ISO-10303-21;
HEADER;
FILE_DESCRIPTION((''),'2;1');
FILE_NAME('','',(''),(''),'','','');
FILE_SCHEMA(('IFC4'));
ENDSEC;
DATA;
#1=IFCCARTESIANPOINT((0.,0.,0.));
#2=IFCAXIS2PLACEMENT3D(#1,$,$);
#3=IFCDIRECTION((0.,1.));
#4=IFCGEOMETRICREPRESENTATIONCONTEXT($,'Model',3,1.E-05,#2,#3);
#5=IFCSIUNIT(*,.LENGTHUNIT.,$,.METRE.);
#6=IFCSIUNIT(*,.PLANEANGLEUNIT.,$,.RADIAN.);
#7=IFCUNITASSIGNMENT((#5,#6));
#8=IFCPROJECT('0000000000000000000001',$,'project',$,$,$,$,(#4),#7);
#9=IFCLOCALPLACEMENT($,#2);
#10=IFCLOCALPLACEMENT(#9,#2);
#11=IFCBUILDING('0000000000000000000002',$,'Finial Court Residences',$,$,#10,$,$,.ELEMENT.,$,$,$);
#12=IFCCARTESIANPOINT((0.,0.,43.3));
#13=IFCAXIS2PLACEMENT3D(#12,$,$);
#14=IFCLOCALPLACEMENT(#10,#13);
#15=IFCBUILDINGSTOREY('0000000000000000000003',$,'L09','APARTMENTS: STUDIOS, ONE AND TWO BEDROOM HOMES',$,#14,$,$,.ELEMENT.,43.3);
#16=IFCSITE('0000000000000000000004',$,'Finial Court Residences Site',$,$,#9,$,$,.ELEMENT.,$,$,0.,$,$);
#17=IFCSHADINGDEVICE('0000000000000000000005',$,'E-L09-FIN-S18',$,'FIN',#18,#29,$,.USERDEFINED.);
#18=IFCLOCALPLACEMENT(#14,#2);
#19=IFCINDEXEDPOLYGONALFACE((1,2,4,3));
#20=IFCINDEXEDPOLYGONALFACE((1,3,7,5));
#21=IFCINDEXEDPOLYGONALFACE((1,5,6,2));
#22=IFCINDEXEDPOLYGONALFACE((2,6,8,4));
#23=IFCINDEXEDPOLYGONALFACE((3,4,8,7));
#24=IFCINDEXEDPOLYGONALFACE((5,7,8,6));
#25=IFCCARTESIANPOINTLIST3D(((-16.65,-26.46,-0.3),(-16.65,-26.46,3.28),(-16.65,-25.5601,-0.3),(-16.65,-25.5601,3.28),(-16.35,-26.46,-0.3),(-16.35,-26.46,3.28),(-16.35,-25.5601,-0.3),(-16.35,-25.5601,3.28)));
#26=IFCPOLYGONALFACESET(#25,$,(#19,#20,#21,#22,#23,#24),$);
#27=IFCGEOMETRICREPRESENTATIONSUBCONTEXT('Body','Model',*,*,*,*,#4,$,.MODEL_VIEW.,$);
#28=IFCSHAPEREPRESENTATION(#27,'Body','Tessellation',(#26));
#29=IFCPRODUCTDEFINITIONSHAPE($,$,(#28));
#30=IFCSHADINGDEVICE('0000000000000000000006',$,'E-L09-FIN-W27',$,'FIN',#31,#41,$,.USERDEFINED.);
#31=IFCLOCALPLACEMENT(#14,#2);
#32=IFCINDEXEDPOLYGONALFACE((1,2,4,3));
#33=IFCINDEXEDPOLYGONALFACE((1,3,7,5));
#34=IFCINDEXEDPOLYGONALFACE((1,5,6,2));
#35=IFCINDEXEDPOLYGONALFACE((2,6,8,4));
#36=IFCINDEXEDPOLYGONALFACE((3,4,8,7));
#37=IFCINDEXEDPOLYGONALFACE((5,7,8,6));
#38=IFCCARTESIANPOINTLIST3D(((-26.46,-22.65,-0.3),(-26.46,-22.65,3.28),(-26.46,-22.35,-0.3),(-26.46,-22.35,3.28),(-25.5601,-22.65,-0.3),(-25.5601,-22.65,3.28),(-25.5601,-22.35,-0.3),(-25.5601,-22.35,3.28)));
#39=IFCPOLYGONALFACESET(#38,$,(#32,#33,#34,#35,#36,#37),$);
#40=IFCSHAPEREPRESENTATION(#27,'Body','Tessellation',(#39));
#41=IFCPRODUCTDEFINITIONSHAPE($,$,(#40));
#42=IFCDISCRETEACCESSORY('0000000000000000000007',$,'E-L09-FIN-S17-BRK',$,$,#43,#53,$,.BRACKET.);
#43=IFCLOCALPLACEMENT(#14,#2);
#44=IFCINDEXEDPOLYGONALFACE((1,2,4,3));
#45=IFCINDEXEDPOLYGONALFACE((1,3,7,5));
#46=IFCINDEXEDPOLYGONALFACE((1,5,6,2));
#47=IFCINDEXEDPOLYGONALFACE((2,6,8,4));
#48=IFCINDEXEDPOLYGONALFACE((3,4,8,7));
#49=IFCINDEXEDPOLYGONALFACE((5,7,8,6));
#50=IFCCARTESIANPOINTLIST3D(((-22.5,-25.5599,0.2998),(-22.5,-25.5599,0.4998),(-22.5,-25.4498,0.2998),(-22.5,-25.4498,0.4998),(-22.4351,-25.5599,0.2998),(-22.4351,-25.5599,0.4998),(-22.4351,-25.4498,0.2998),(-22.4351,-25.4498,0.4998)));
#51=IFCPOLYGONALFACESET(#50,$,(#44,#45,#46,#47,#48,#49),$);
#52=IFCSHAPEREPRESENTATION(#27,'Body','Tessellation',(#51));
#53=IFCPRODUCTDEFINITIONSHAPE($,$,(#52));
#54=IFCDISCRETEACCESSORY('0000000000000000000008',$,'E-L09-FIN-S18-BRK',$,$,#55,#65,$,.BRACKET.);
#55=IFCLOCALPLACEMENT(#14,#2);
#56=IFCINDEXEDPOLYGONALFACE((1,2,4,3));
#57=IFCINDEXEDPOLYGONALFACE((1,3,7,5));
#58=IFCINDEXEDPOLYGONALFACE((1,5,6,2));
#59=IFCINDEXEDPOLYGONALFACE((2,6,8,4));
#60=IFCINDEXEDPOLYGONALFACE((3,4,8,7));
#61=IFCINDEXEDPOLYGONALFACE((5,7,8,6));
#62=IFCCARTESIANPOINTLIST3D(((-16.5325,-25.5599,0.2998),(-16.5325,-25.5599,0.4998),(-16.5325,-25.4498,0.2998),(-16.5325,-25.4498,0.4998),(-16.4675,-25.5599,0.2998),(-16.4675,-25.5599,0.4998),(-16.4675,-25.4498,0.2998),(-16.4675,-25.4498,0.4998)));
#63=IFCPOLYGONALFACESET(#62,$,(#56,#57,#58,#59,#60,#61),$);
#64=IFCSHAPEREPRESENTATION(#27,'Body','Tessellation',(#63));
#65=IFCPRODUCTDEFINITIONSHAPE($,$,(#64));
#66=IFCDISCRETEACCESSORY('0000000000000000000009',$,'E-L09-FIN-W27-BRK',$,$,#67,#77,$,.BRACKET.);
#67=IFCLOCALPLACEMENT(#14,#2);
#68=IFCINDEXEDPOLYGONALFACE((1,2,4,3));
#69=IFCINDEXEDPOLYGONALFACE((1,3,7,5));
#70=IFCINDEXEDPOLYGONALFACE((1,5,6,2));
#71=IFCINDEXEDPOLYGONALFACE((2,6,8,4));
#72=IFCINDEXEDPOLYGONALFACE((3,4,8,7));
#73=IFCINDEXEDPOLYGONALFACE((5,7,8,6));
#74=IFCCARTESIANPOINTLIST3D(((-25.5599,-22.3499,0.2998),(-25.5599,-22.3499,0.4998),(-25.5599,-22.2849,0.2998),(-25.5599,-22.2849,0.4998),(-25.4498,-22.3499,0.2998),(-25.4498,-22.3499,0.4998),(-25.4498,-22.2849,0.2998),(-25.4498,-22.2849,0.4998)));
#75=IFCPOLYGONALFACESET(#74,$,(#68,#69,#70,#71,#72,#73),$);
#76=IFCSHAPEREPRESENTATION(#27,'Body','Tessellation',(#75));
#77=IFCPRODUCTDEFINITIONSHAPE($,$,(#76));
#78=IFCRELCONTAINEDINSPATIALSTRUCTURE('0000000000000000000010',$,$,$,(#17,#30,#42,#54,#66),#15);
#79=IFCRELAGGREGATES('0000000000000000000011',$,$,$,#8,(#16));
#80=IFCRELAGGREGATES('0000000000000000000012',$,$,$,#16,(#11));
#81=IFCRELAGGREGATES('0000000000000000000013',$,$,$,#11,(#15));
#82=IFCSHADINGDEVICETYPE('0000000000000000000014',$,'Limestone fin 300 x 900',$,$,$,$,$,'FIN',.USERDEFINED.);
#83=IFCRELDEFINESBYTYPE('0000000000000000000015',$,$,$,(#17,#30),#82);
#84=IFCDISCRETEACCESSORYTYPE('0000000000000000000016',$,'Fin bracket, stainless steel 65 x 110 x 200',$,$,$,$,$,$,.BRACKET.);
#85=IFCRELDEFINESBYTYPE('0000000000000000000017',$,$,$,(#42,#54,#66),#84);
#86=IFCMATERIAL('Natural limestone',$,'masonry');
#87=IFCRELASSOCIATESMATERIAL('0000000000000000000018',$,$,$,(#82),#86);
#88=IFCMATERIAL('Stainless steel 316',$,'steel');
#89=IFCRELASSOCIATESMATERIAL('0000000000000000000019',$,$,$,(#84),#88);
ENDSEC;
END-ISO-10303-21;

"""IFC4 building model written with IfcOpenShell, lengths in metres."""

from ifc_helpers import new_model, si_unit, direction, frame, origin, origin_2d, place, context, subcontext, project, spatial, rectangle, extrude, material, type_object, element, save


model = new_model("IFC4")

# Units and contexts
model_context = context("Model", 3, precision=1e-05, world=origin(), true_north=direction((0.0, 1.0)))
body_context = subcontext(model_context, "Body", "Model", "MODEL_VIEW")
ifc_project = project(units=[si_unit("LENGTHUNIT", "METRE"), si_unit("PLANEANGLEUNIT", "RADIAN")], contexts=[model_context])

# Site, building, storey
site_placement = place(None, origin())
site = spatial("IfcSite", under=ifc_project, at=site_placement, Name="Finial Court Residences Site", CompositionType="ELEMENT", RefElevation=0.0)
building_placement = place(site_placement, origin())
building = spatial("IfcBuilding", under=site, at=building_placement, Name="Finial Court Residences", CompositionType="ELEMENT")
storey_placement = place(building_placement, frame((0.0, 0.0, 43.3)))
storey = spatial("IfcBuildingStorey", under=building, at=storey_placement, Name="L09", Description="APARTMENTS: STUDIOS, ONE AND TWO BEDROOM HOMES", CompositionType="ELEMENT", Elevation=43.3)

# Shared definitions
ifc_material_1 = material(Name="Natural limestone", Category="masonry")

# Shading devices
shading_device_type = type_object("IfcShadingDeviceType", Name="Limestone fin 300 x 900", ElementType="FIN", PredefinedType="USERDEFINED", material=ifc_material_1)
for number, where, z_axis, x_axis, name in (
    (1, (-16.5, -26.01, -0.3), (0.0, 0.0, 1.0), (1.0, 0.0, 0.0), "E-L09-FIN-S18"),
):
    element("IfcShadingDevice", number, at=place(storey_placement, frame(where, z_axis=z_axis, x_axis=x_axis)), inside=storey, type_object=shading_device_type, Name=name, ObjectType="FIN", PredefinedType="USERDEFINED", context=body_context, shape_type="SweptSolid", body=[
        extrude(rectangle(XDim=0.3, YDim=0.8999, at=origin_2d()), origin(), (0.0, 0.0, 1.0), 3.5801),
    ])
shading_device_placement = place(storey_placement, frame((-26.01, -22.5, -0.3), z_axis=(0.0, 0.0, 1.0), x_axis=(1.0, 0.0, 0.0)))
element("IfcShadingDevice", 2, at=shading_device_placement, inside=storey, type_object=shading_device_type, Name="E-L09-FIN-W27", ObjectType="FIN", PredefinedType="USERDEFINED", context=body_context, shape_type="SweptSolid", body=[
    extrude(rectangle(XDim=0.8999, YDim=0.3, at=origin_2d()), origin(), (0.0, 0.0, 1.0), 3.5801),
])

# Discrete accessories
ifc_material_2 = material(Name="Stainless steel 316", Category="steel")
discrete_accessory_type = type_object("IfcDiscreteAccessoryType", Name="Fin bracket, stainless steel 65 x 110 x 200", PredefinedType="BRACKET", material=ifc_material_2)
for number, where, z_axis, x_axis, name in (
    (3, (-22.4675, -25.5049, 0.2998), (0.0, 0.0, 1.0), (1.0, 0.0, 0.0), "E-L09-FIN-S17-BRK"),
    (4, (-16.5, -25.5049, 0.2998), (0.0, 0.0, 1.0), (1.0, 0.0, 0.0), "E-L09-FIN-S18-BRK"),
):
    element("IfcDiscreteAccessory", number, at=place(storey_placement, frame(where, z_axis=z_axis, x_axis=x_axis)), inside=storey, type_object=discrete_accessory_type, Name=name, PredefinedType="BRACKET", context=body_context, shape_type="SweptSolid", body=[
        extrude(rectangle(XDim=0.0649, YDim=0.1101, at=origin_2d()), origin(), (0.0, 0.0, 1.0), 0.2),
    ])
discrete_accessory_placement = place(storey_placement, frame((-25.5049, -22.3174, 0.2998), z_axis=(0.0, 0.0, 1.0), x_axis=(1.0, 0.0, 0.0)))
element("IfcDiscreteAccessory", 5, at=discrete_accessory_placement, inside=storey, type_object=discrete_accessory_type, Name="E-L09-FIN-W27-BRK", PredefinedType="BRACKET", context=body_context, shape_type="SweptSolid", body=[
    extrude(rectangle(XDim=0.1101, YDim=0.0649, at=origin_2d()), origin(), (0.0, 0.0, 1.0), 0.2),
])

save(model, "model.ifc")
